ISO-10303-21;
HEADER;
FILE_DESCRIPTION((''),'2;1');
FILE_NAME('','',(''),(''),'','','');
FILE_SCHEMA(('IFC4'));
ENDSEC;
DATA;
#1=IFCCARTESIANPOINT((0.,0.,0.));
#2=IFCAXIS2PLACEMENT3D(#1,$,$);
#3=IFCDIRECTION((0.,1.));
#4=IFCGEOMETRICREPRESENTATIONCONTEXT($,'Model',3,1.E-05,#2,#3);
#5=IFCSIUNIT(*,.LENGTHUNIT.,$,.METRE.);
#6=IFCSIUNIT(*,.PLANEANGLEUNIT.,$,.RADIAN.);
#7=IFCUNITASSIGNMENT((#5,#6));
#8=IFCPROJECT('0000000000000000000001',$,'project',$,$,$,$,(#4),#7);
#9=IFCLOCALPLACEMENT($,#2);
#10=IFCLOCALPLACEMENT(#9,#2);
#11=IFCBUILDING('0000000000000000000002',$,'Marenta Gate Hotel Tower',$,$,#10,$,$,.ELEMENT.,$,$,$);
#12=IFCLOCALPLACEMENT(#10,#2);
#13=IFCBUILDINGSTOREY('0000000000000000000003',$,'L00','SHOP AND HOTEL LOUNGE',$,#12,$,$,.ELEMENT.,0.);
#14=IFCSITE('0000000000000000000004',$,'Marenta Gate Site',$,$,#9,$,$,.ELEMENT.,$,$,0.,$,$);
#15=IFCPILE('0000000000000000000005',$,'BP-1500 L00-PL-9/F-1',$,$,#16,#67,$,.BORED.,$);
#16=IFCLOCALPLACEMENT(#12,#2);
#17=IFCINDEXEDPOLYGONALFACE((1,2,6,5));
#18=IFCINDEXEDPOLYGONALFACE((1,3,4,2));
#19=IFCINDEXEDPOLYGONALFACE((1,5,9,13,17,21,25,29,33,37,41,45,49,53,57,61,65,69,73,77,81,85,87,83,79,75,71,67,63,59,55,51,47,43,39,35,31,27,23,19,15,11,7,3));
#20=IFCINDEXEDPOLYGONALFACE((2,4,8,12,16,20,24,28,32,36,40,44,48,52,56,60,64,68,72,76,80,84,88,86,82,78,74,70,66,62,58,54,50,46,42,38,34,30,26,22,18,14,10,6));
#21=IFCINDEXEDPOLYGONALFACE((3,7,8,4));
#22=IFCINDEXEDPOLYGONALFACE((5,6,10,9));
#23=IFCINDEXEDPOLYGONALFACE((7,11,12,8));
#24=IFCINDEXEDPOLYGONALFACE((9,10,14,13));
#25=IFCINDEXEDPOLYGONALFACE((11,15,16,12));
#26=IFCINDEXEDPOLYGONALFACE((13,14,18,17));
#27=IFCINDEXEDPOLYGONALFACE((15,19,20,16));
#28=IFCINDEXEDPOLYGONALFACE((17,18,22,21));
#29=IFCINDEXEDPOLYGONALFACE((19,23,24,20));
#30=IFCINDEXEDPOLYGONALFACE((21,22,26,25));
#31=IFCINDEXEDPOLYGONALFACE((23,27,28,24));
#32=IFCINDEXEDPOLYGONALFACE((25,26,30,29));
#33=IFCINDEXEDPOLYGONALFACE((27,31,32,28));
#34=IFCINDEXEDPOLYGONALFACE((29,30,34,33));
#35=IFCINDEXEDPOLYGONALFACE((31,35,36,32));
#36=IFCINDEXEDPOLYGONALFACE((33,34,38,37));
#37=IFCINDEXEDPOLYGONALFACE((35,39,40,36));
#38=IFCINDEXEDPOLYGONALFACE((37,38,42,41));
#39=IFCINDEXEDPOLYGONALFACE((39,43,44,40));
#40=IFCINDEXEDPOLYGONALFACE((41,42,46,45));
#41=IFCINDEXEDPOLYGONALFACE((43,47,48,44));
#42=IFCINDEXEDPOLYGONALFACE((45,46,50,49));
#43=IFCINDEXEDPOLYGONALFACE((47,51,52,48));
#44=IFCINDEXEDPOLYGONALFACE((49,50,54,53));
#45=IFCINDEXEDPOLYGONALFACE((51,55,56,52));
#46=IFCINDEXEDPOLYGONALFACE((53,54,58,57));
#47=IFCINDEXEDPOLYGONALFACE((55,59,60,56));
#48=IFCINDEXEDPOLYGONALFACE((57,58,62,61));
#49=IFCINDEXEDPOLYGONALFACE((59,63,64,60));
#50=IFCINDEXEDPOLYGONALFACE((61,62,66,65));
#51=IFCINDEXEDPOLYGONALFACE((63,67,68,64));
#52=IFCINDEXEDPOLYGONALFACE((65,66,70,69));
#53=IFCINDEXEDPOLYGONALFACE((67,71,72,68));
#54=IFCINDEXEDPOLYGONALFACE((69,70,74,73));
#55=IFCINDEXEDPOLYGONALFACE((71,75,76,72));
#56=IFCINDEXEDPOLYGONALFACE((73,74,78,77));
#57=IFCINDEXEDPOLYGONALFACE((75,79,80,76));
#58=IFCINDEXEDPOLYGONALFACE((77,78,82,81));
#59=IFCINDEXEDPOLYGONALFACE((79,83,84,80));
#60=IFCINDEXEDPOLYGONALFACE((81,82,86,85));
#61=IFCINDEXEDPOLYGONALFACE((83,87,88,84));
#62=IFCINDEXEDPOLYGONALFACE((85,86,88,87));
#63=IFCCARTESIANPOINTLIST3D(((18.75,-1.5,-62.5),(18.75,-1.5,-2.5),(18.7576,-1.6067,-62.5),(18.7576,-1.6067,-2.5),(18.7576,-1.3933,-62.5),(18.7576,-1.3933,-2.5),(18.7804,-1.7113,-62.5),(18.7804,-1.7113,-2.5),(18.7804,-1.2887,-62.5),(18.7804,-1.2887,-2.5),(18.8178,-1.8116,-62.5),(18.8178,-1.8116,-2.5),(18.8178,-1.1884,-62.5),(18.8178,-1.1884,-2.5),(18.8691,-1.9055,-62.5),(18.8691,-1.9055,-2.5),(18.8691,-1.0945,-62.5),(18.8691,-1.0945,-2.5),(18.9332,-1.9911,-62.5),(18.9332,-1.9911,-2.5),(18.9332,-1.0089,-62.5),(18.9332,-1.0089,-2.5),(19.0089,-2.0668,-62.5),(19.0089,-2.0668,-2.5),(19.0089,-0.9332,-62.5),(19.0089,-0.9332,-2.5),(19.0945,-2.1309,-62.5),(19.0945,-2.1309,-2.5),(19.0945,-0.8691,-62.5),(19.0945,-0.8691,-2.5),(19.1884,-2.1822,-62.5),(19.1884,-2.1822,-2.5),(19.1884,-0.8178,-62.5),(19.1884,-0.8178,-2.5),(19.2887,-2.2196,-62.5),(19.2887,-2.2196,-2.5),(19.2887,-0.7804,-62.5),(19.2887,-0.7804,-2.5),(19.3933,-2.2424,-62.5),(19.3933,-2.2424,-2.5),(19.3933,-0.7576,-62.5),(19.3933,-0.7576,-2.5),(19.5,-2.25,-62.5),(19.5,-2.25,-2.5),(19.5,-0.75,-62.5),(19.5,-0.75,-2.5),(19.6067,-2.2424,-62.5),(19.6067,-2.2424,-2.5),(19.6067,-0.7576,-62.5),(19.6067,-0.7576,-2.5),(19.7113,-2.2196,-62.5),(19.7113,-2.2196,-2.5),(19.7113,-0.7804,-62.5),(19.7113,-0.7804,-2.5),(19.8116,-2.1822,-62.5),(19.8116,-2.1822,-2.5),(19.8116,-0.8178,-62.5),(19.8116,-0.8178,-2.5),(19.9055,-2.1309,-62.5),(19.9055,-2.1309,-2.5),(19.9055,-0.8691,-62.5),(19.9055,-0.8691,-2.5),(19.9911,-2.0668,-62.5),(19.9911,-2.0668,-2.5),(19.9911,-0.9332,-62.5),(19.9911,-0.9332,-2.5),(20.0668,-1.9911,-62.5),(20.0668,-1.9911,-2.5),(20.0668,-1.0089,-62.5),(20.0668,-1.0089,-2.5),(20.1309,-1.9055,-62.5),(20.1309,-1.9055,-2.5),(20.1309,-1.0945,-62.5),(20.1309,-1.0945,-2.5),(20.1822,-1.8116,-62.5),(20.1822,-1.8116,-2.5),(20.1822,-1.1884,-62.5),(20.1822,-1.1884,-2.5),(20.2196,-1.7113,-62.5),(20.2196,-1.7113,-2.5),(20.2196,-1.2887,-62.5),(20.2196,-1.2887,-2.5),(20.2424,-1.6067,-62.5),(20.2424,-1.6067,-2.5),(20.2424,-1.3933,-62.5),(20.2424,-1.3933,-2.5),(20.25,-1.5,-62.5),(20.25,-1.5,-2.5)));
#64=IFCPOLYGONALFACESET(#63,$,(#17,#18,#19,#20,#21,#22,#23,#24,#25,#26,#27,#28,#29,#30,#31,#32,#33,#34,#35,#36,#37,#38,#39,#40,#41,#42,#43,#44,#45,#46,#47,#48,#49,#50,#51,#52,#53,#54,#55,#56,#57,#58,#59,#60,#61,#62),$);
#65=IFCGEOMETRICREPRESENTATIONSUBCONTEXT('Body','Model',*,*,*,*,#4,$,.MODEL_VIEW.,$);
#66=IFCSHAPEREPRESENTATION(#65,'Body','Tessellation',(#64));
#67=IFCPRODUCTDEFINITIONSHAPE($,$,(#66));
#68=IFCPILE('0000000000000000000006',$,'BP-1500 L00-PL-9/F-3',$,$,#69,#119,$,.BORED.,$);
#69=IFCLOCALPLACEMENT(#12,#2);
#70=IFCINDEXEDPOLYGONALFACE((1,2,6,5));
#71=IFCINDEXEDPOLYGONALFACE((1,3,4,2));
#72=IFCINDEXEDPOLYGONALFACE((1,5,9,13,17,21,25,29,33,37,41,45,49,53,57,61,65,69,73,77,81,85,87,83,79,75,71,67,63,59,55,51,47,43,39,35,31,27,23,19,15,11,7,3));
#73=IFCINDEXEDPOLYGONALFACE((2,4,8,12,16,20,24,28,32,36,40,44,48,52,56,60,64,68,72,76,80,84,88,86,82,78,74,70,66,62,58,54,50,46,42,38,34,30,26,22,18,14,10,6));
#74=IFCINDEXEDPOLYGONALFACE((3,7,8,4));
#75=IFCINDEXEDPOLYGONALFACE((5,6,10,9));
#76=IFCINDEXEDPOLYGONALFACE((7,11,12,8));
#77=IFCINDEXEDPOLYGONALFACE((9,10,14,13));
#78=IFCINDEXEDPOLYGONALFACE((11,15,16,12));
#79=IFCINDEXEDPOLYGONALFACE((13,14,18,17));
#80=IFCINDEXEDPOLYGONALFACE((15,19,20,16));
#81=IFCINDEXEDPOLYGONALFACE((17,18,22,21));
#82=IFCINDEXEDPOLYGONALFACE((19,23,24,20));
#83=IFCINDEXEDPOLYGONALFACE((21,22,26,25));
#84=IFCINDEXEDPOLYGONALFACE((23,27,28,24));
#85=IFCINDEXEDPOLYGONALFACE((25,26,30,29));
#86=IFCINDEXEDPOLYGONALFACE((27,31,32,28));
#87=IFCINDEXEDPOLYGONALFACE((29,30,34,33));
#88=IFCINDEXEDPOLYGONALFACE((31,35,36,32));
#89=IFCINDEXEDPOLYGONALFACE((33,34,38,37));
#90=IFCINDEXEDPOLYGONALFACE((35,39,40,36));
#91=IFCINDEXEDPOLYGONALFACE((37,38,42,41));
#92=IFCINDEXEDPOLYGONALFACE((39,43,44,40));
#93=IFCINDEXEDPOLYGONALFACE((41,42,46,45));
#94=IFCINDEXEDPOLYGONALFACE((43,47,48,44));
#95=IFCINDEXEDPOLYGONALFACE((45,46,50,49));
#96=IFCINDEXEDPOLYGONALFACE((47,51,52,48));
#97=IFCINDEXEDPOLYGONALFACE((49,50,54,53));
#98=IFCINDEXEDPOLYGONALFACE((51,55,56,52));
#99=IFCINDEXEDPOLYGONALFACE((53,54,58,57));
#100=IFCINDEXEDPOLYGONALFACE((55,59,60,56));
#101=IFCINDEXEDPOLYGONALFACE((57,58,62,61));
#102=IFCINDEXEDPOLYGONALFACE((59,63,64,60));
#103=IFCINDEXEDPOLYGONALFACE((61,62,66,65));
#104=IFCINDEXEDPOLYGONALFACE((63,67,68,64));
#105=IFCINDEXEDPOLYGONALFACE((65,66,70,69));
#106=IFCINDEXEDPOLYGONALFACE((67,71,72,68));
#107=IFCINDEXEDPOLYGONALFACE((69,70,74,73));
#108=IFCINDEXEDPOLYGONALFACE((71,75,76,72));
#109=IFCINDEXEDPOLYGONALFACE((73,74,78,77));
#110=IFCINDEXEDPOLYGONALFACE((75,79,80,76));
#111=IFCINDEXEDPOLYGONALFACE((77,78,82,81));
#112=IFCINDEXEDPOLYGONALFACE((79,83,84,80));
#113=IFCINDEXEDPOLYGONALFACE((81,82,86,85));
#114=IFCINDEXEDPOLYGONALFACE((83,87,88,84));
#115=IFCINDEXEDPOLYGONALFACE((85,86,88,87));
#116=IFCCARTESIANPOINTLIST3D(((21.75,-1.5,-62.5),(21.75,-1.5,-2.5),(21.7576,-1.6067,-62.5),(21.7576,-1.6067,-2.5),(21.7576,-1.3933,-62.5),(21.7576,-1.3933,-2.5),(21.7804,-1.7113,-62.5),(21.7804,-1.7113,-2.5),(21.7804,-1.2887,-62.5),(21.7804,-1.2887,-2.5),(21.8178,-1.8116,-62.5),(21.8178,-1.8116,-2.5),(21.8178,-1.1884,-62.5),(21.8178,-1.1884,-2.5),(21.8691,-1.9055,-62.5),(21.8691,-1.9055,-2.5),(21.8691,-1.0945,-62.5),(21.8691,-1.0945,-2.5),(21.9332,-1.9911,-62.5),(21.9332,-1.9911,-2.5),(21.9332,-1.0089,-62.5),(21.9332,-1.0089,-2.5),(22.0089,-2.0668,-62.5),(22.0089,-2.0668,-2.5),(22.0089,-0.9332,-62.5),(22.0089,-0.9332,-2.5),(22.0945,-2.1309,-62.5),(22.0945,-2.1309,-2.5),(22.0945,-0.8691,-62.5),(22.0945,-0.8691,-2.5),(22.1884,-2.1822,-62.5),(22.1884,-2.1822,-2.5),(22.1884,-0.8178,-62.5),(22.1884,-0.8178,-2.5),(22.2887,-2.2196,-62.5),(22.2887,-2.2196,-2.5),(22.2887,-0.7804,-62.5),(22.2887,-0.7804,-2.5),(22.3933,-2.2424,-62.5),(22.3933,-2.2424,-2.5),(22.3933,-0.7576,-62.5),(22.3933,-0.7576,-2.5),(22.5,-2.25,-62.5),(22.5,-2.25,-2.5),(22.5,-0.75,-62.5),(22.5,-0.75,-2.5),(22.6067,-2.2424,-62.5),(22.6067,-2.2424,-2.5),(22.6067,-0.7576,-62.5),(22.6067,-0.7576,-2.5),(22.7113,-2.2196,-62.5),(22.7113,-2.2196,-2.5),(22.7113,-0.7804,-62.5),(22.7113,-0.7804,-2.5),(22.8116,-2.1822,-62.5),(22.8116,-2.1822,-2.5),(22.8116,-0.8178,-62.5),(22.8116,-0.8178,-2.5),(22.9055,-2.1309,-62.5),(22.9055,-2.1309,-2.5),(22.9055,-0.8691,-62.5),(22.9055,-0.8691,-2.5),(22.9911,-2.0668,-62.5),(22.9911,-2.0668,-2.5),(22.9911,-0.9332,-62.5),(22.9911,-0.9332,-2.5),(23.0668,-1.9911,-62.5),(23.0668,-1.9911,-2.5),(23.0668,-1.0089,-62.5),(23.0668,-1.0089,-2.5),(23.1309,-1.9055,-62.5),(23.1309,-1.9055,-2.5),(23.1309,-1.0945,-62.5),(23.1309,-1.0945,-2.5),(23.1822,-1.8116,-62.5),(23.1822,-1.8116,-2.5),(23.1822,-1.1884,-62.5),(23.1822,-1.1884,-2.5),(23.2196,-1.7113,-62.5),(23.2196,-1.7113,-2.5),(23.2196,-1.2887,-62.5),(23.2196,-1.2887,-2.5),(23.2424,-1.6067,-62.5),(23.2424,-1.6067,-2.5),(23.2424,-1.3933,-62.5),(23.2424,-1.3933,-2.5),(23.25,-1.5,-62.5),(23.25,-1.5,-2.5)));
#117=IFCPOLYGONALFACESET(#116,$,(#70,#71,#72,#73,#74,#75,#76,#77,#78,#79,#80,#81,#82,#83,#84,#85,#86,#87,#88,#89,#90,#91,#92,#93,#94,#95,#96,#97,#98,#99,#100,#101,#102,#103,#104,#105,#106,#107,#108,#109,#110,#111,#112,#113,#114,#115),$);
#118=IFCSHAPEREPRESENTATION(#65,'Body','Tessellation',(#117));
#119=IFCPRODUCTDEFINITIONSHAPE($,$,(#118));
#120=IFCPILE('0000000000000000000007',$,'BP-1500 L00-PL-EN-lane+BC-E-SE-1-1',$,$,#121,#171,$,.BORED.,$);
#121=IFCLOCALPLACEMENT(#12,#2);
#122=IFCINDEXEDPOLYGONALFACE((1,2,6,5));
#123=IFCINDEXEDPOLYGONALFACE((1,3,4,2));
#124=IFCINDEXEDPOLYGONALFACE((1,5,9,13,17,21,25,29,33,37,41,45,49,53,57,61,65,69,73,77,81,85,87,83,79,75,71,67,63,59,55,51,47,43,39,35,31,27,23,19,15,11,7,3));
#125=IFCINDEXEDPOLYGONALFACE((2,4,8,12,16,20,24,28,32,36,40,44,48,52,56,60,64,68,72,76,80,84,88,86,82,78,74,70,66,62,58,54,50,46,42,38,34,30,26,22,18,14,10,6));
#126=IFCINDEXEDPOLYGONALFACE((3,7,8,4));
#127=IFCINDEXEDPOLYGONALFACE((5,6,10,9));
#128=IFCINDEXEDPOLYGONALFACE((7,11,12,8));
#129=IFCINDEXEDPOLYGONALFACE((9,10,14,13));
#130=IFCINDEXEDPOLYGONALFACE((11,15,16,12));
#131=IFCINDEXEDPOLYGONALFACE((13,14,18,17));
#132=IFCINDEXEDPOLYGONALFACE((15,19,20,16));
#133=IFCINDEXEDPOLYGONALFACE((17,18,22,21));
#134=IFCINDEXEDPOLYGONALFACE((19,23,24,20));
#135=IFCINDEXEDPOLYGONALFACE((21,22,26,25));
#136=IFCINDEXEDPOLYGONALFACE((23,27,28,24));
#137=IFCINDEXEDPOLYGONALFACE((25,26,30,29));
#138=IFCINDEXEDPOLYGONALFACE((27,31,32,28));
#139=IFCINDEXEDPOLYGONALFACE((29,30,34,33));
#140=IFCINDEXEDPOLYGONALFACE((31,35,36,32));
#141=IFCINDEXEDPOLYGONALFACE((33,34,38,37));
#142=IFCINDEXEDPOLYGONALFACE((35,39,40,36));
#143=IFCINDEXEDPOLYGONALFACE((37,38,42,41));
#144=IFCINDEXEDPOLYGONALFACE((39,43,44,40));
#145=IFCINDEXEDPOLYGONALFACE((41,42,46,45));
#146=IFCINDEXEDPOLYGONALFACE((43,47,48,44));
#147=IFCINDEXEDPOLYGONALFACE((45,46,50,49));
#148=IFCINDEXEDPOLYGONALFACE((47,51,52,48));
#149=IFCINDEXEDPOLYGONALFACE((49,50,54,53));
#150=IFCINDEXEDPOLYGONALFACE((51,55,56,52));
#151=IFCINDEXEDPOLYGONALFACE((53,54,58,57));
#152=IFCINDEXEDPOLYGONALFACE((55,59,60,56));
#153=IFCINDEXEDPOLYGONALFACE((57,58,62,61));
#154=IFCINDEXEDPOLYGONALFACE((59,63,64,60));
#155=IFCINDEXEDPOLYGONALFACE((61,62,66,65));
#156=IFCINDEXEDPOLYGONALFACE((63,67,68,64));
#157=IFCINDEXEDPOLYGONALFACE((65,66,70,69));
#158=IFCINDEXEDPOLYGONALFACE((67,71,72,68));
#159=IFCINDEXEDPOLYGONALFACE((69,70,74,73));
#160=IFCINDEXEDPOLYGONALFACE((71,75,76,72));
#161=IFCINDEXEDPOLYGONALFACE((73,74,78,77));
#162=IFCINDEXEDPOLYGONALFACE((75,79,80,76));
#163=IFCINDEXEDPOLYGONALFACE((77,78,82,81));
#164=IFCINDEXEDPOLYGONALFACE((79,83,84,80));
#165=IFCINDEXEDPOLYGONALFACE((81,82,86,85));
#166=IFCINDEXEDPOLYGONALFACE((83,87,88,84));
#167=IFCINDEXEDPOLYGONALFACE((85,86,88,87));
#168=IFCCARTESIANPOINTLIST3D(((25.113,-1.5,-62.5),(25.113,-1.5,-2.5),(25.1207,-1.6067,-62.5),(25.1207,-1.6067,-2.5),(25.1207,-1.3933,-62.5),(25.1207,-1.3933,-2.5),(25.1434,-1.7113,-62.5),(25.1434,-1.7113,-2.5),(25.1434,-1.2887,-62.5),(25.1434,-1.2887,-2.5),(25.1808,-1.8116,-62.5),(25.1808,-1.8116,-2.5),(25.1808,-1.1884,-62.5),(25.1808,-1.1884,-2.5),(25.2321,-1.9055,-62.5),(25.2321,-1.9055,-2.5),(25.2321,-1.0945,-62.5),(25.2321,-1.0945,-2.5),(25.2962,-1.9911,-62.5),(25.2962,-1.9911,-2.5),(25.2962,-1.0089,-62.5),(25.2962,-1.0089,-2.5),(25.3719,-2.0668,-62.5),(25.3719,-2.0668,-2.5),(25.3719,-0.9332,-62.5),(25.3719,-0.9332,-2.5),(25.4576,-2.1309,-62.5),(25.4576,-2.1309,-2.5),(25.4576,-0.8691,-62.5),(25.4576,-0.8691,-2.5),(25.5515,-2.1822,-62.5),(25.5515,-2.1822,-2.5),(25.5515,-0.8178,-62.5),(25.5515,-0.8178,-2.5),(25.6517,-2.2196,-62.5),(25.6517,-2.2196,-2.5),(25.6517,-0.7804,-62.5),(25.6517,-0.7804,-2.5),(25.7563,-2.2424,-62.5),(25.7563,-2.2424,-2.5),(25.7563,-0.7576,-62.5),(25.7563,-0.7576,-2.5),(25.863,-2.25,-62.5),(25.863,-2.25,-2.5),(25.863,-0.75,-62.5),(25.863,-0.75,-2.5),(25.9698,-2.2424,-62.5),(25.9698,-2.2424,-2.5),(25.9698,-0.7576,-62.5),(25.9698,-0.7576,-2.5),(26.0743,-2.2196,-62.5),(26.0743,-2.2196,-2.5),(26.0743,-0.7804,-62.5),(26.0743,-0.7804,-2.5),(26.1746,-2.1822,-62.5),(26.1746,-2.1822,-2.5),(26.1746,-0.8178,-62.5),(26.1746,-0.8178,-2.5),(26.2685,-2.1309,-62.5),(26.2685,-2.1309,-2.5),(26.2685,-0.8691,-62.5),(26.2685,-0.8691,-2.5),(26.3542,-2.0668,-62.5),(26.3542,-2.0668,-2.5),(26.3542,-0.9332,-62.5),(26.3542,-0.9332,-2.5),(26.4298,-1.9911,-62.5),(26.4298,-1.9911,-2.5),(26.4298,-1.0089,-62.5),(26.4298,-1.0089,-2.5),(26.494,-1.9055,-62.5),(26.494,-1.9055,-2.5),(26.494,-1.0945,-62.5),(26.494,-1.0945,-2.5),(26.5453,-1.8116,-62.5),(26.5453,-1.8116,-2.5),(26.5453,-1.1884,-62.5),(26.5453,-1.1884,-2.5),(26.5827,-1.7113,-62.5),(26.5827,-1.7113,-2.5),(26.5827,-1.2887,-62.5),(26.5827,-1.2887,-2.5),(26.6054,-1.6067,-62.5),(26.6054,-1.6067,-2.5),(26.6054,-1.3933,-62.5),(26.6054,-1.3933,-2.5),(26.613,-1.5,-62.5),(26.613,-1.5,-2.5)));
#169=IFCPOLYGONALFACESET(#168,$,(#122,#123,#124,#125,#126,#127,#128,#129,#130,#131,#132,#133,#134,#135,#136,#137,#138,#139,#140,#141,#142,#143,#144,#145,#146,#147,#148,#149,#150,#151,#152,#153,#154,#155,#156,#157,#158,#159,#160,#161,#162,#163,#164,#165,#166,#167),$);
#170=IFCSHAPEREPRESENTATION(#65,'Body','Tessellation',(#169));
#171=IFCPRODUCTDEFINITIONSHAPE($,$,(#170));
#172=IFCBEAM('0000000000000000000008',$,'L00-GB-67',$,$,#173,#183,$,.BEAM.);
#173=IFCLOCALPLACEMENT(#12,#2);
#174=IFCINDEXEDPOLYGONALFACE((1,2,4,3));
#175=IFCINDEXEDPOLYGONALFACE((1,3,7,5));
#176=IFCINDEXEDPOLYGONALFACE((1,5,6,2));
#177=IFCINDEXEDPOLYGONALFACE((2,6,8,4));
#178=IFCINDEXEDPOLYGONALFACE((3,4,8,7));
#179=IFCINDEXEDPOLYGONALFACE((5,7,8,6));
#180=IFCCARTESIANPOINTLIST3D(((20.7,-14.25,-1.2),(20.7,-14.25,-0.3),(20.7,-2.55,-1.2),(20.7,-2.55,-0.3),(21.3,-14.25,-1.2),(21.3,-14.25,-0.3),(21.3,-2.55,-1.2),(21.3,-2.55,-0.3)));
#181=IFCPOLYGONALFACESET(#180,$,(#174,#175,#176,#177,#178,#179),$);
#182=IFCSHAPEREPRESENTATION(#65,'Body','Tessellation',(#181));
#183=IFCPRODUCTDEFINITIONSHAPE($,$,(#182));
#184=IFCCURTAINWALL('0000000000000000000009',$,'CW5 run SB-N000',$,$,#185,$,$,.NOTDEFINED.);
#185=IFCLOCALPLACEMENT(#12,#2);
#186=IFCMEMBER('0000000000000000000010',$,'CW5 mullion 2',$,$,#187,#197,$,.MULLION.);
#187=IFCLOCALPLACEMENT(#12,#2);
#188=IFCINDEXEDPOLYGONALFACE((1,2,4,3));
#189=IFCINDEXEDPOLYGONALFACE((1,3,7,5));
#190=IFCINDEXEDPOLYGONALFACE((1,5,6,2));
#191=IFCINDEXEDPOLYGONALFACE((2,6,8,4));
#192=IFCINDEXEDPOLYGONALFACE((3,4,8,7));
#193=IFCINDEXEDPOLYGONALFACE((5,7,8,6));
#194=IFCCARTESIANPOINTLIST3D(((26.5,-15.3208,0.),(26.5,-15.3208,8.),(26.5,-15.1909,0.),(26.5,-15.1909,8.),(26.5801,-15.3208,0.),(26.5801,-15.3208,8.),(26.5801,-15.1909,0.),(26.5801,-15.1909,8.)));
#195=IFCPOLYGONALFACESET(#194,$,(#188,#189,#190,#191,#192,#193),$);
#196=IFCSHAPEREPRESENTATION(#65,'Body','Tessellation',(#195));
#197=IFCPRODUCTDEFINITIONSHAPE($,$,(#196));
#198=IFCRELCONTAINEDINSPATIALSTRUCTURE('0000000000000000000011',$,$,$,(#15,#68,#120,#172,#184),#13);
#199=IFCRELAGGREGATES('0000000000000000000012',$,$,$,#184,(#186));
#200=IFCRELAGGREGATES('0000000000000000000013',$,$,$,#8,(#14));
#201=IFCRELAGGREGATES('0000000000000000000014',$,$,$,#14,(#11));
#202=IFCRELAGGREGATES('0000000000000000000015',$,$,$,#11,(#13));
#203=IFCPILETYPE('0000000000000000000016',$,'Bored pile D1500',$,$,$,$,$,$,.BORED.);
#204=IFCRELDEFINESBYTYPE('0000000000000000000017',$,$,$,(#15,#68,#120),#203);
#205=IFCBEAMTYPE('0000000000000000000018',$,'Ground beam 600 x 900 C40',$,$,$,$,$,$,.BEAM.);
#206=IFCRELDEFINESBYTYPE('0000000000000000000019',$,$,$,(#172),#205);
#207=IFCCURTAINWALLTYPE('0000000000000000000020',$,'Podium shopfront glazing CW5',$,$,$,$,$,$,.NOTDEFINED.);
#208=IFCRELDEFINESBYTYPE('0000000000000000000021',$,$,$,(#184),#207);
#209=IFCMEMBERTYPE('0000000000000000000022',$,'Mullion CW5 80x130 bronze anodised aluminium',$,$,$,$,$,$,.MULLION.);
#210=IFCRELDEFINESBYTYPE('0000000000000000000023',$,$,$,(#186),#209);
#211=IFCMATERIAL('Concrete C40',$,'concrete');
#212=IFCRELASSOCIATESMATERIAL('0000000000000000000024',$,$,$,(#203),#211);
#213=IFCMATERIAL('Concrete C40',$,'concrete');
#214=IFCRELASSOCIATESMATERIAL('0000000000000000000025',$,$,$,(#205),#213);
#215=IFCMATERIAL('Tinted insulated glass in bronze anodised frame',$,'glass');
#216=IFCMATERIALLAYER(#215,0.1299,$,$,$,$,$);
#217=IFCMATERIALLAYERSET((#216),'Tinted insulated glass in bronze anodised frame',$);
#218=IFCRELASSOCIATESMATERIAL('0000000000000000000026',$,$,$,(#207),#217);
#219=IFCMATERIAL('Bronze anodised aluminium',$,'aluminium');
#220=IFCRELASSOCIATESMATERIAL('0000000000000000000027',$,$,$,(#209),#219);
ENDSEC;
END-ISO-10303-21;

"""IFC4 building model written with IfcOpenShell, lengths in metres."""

from ifc_helpers import new_model, si_unit, direction, frame, origin, origin_2d, place, context, subcontext, project, spatial, rectangle, circle, extrude, material, layer, layer_set, material_profile, profile_set, type_object, element, aggregate, save


model = new_model("IFC4")

# Units and contexts
model_context = context("Model", 3, precision=1e-05, world=origin(), true_north=direction((0.0, 1.0)))
body_context = subcontext(model_context, "Body", "Model", "MODEL_VIEW")
ifc_project = project(units=[si_unit("LENGTHUNIT", "METRE"), si_unit("PLANEANGLEUNIT", "RADIAN")], contexts=[model_context])

# Site, building, storey
site_placement = place(None, origin())
site = spatial("IfcSite", under=ifc_project, at=site_placement, Name="Marenta Gate Site", CompositionType="ELEMENT", RefElevation=0.0)
building_placement = place(site_placement, origin())
building = spatial("IfcBuilding", under=site, at=building_placement, Name="Marenta Gate Hotel Tower", CompositionType="ELEMENT")
storey_placement = place(building_placement, origin())
storey = spatial("IfcBuildingStorey", under=building, at=storey_placement, Name="L00", Description="SHOP AND HOTEL LOUNGE", CompositionType="ELEMENT", Elevation=0.0)

# Piles
ifc_material_1 = material(Name="Concrete C40", Category="concrete")
pile_type = type_object("IfcPileType", Name="Bored pile D1500", PredefinedType="BORED", material=ifc_material_1)
for number, where, z_axis, x_axis, name in (
    (1, (19.5, -1.5, -2.5), (0.0, 0.0, -1.0), (1.0, 0.0, 0.0), "BP-1500 L00-PL-9/F-1"),
    (2, (22.5, -1.5, -2.5), (0.0, 0.0, -1.0), (1.0, 0.0, 0.0), "BP-1500 L00-PL-9/F-3"),
    (3, (25.863, -1.5, -2.5), (0.0, 0.0, -1.0), (1.0, 0.0, 0.0), "BP-1500 L00-PL-EN-lane+BC-E-SE-1-1"),
):
    element("IfcPile", number, at=place(storey_placement, frame(where, z_axis=z_axis, x_axis=x_axis)), inside=storey, type_object=pile_type, Name=name, PredefinedType="BORED", context=body_context, shape_type="SweptSolid", body=[
        extrude(circle(Radius=0.75, at=origin_2d()), origin(), (0.0, 0.0, 1.0), 60.0),
    ])

# Beam
ifc_material_2 = material(Name="Concrete C40", Category="concrete")
ifc_material_profile_1 = material_profile(ifc_material_2, rectangle(XDim=0.6001, YDim=0.8999, at=origin_2d()), Name="600 x 900")
ifc_profile_set_1 = profile_set([ifc_material_profile_1], Name="Concrete C40")
beam_type = type_object("IfcBeamType", Name="Ground beam 600 x 900 C40", PredefinedType="BEAM", material=ifc_profile_set_1)
beam_placement = place(storey_placement, frame((21.0, -14.25, -0.75), z_axis=(0.0, 1.0, 0.0), x_axis=(-1.0, 0.0, 0.0)))
element("IfcBeam", 4, at=beam_placement, inside=storey, type_object=beam_type, Name="L00-GB-67", PredefinedType="BEAM", context=body_context, shape_type="SweptSolid", body=[
    extrude(rectangle(XDim=0.6001, YDim=0.8999, at=origin_2d()), origin(), (0.0, 0.0, 1.0), 11.7),
])

# Curtain wall, member
ifc_material_3 = material(Name="Tinted insulated glass in bronze anodised frame", Category="glass")
ifc_layer_1 = layer(ifc_material_3, 0.1299)
ifc_layer_set_1 = layer_set([ifc_layer_1], Name="Tinted insulated glass in bronze anodised frame")
curtain_wall_type_1 = type_object("IfcCurtainWallType", Name="Podium shopfront glazing CW5", PredefinedType="NOTDEFINED", material=ifc_layer_set_1)
curtain_wall_1_placement = place(storey_placement, origin())
curtain_wall_1 = element("IfcCurtainWall", 5, at=curtain_wall_1_placement, inside=storey, type_object=curtain_wall_type_1, Name="CW5 run SB-N000", PredefinedType="NOTDEFINED")
ifc_material_4 = material(Name="Bronze anodised aluminium", Category="aluminium")
ifc_material_profile_2 = material_profile(ifc_material_4, rectangle(XDim=0.1299, YDim=0.0801, at=origin_2d()), Name="Mullion CW5 80x130 bronze anodised aluminium")
ifc_profile_set_2 = profile_set([ifc_material_profile_2], Name="Bronze anodised aluminium")
member_type_1 = type_object("IfcMemberType", Name="Mullion CW5 80x130 bronze anodised aluminium", PredefinedType="MULLION", material=ifc_profile_set_2)
member_1_placement = place(storey_placement, frame((26.54, -15.2559, 0.0), z_axis=(0.0, 0.0, 1.0), x_axis=(0.0, -1.0, 0.0)))
member_1 = element("IfcMember", 6, at=member_1_placement, type_object=member_type_1, Name="CW5 mullion 2", PredefinedType="MULLION", context=body_context, shape_type="SweptSolid", body=[
    extrude(rectangle(XDim=0.1299, YDim=0.0801, at=origin_2d()), origin(), (0.0, 0.0, 1.0), 8.0),
])
aggregate(curtain_wall_1, [member_1])

save(model, "model.ifc")
